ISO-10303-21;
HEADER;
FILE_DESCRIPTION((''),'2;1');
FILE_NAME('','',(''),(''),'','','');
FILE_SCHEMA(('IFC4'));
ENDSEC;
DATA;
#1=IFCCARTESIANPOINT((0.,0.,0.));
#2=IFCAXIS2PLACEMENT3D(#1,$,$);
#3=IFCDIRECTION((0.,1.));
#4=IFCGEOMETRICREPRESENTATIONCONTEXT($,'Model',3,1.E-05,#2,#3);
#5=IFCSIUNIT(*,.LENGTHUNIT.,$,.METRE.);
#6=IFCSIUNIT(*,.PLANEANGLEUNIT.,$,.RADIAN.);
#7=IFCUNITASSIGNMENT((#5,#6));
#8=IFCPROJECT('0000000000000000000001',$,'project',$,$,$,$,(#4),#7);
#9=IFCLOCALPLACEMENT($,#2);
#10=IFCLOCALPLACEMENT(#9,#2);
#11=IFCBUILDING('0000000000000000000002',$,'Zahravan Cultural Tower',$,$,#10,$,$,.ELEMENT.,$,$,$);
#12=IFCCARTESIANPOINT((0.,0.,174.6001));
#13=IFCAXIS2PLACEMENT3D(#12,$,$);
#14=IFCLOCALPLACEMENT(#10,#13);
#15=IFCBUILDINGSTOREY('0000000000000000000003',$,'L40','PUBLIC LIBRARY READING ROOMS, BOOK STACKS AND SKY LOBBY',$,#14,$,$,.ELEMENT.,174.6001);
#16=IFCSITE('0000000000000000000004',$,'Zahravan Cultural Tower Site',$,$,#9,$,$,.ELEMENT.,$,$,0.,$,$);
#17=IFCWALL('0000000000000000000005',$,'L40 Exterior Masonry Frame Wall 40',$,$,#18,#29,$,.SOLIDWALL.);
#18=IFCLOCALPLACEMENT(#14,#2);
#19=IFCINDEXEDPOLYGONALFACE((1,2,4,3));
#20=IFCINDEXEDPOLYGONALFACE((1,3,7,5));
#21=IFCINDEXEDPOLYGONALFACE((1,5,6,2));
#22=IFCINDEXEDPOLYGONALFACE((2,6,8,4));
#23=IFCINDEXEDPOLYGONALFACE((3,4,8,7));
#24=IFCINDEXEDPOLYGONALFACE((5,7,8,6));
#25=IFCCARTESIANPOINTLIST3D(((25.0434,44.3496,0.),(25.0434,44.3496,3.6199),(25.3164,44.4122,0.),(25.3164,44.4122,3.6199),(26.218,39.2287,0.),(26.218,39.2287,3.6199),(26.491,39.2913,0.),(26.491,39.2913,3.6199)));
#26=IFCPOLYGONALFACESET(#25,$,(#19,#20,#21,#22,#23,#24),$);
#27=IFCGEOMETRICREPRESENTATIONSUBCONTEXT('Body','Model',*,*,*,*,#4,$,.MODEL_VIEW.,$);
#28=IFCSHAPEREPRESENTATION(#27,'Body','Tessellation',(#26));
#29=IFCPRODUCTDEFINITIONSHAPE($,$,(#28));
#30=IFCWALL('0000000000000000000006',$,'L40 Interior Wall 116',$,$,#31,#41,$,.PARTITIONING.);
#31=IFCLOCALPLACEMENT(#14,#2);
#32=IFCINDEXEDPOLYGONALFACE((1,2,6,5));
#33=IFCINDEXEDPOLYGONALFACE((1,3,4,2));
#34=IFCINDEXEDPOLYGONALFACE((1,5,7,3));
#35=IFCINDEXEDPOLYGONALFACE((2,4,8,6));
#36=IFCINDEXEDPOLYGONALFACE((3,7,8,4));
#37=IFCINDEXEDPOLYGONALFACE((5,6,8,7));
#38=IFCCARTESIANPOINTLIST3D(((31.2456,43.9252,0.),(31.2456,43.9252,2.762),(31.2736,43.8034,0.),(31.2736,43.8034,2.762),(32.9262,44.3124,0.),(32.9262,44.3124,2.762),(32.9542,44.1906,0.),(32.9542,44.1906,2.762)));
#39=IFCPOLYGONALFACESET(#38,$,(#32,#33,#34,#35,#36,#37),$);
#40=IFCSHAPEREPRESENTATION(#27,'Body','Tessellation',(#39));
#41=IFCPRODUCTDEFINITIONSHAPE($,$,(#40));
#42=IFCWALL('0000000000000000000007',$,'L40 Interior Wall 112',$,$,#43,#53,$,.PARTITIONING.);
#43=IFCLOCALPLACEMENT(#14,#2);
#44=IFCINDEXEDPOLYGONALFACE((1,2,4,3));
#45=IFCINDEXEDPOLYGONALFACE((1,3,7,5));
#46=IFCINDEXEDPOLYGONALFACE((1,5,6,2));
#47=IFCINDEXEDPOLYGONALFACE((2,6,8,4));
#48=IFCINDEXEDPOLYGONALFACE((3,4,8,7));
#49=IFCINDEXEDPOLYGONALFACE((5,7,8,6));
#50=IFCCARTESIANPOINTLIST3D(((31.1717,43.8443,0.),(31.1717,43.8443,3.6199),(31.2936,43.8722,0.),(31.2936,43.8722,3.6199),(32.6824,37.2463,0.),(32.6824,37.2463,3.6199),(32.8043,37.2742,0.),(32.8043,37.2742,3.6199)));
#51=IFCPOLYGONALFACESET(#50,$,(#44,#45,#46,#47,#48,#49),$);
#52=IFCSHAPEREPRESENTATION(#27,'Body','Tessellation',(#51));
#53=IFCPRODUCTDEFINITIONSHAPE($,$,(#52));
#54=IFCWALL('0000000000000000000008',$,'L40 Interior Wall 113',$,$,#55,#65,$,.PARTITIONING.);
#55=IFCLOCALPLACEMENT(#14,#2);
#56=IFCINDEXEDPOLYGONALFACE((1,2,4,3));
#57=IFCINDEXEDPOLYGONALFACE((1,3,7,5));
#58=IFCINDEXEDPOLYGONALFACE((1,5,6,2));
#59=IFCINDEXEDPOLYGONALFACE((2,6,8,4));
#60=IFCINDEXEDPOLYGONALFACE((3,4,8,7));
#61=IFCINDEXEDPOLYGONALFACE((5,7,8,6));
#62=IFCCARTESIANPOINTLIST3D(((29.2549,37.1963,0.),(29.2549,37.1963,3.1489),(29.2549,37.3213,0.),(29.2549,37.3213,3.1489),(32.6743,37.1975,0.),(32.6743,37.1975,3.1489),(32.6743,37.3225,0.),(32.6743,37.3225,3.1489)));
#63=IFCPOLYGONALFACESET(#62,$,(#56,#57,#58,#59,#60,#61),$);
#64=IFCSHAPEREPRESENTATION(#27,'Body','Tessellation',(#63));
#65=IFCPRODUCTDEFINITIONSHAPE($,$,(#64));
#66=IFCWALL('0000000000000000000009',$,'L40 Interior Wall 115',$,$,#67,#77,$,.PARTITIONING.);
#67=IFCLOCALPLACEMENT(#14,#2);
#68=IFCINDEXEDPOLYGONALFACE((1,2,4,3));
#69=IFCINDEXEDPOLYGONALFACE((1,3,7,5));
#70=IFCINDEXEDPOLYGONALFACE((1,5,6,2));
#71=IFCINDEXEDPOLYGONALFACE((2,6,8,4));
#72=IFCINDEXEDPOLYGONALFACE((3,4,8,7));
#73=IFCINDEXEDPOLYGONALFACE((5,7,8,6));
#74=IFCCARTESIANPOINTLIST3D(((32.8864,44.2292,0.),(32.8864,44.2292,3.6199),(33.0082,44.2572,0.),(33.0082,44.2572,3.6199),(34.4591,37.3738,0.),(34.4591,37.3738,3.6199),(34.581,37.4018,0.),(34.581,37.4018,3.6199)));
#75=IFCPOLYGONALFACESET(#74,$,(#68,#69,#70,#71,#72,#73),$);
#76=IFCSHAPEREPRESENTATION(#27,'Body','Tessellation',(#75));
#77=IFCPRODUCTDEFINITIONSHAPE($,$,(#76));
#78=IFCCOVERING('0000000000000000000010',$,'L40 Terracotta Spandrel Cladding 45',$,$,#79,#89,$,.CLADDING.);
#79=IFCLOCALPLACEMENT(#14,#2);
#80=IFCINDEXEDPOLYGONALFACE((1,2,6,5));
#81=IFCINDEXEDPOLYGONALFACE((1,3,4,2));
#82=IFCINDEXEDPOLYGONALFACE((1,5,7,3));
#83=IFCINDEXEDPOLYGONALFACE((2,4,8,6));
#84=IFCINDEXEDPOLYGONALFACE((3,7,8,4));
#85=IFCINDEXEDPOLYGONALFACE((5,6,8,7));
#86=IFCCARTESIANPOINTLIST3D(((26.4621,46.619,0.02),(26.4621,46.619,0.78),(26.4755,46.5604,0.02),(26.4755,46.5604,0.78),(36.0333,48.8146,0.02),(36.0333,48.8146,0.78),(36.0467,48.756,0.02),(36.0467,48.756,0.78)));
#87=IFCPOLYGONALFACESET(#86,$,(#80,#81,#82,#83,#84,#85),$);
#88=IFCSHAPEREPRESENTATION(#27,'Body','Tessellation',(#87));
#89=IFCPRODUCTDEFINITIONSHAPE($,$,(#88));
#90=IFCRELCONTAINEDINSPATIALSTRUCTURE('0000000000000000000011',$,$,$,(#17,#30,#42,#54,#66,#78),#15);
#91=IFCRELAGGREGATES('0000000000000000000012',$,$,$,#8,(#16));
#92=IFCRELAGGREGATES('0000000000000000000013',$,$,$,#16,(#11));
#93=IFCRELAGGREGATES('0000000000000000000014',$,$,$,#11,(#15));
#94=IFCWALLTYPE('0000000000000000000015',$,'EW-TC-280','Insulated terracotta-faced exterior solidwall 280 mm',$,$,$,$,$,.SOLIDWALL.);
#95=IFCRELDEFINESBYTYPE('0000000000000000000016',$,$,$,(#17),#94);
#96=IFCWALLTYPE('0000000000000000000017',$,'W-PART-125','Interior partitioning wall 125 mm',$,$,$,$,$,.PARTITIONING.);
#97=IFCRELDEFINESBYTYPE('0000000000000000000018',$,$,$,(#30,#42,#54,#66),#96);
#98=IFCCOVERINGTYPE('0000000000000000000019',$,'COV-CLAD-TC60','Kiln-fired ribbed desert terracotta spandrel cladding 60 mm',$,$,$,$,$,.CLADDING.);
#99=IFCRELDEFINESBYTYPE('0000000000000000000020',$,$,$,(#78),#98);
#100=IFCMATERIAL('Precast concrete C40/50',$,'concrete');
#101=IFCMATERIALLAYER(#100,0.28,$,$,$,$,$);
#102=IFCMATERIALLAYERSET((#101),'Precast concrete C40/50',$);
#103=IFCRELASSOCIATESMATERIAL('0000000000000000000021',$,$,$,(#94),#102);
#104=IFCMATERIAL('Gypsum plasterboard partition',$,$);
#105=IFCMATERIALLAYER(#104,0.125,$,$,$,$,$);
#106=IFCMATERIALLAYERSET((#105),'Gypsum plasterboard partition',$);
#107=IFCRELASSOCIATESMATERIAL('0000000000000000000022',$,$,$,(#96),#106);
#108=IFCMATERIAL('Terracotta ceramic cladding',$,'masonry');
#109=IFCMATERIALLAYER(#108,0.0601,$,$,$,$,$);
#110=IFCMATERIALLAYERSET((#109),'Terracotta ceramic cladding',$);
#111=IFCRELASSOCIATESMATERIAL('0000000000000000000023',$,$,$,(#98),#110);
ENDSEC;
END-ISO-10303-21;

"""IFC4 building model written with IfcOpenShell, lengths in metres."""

from ifc_helpers import new_model, si_unit, direction, frame, frame_2d, origin, origin_2d, place, context, subcontext, project, spatial, rectangle, extrude, source, transform, mapped, material, layer, layer_set, type_object, element, save


model = new_model("IFC4")

# Units and contexts
model_context = context("Model", 3, precision=1e-05, world=origin(), true_north=direction((0.0, 1.0)))
body_context = subcontext(model_context, "Body", "Model", "MODEL_VIEW")
ifc_project = project(units=[si_unit("LENGTHUNIT", "METRE"), si_unit("PLANEANGLEUNIT", "RADIAN")], contexts=[model_context])

# Site, building, storey
site_placement = place(None, origin())
site = spatial("IfcSite", under=ifc_project, at=site_placement, Name="Zahravan Cultural Tower Site", CompositionType="ELEMENT", RefElevation=0.0)
building_placement = place(site_placement, origin())
building = spatial("IfcBuilding", under=site, at=building_placement, Name="Zahravan Cultural Tower", CompositionType="ELEMENT")
storey_placement = place(building_placement, frame((0.0, 0.0, 174.6001)))
storey = spatial("IfcBuildingStorey", under=building, at=storey_placement, Name="L40", Description="PUBLIC LIBRARY READING ROOMS, BOOK STACKS AND SKY LOBBY", CompositionType="ELEMENT", Elevation=174.6001)

# Walls
ifc_material_1 = material(Name="Precast concrete C40/50", Category="concrete")
ifc_layer_1 = layer(ifc_material_1, 0.28)
ifc_layer_set_1 = layer_set([ifc_layer_1], Name="Precast concrete C40/50")
wall_type_1 = type_object("IfcWallType", Name="EW-TC-280", Description="Insulated terracotta-faced exterior solidwall 280 mm", PredefinedType="SOLIDWALL", material=ifc_layer_set_1)
shared_shape_1 = source(origin(), body_context, "Body", "SweptSolid", [
    extrude(rectangle(XDim=5.2539, YDim=0.28, at=frame_2d((2.627, 0.0))), origin(), (0.0, 0.0, 1.0), 3.6199),
])
wall_1_placement = place(storey_placement, frame((26.3545, 39.26, 0.0), z_axis=(0.0, 0.0, 1.0), x_axis=(-0.223563, 0.97469, 0.0)))
element("IfcWall", 1, at=wall_1_placement, inside=storey, type_object=wall_type_1, Name="L40 Exterior Masonry Frame Wall 40", PredefinedType="SOLIDWALL", context=body_context, shape_type="MappedRepresentation", body=[
    mapped(shared_shape_1, transform((0.0, 0.0, 0.0), x_axis=(1.0, 0.0, 0.0), y_axis=(0.0, 1.0, 0.0), z_axis=(0.0, 0.0, 1.0), scale=1.0)),
])
ifc_material_2 = material(Name="Gypsum plasterboard partition")
ifc_layer_2 = layer(ifc_material_2, 0.125)
ifc_layer_set_2 = layer_set([ifc_layer_2], Name="Gypsum plasterboard partition")
wall_type_2 = type_object("IfcWallType", Name="W-PART-125", Description="Interior partitioning wall 125 mm", PredefinedType="PARTITIONING", material=ifc_layer_set_2)
shared_shape_2 = source(origin(), body_context, "Body", "SweptSolid", [
    extrude(rectangle(XDim=1.7246, YDim=0.125, at=frame_2d((0.8623, 0.0))), origin(), (0.0, 0.0, 1.0), 2.762),
])
wall_2_placement = place(storey_placement, frame((32.9402, 44.2515, 0.0), z_axis=(0.0, 0.0, 1.0), x_axis=(-0.974472, -0.224508, 0.0)))
element("IfcWall", 2, at=wall_2_placement, inside=storey, type_object=wall_type_2, Name="L40 Interior Wall 116", PredefinedType="PARTITIONING", context=body_context, shape_type="MappedRepresentation", body=[
    mapped(shared_shape_2, transform((0.0, 0.0, 0.0), x_axis=(1.0, 0.0, 0.0), y_axis=(0.0, 1.0, 0.0), z_axis=(0.0, 0.0, 1.0), scale=1.0)),
])
shared_shape_3 = source(origin(), body_context, "Body", "SweptSolid", [
    extrude(rectangle(XDim=6.7688, YDim=0.125, at=frame_2d((3.3843, 0.0))), origin(), (0.0, 0.0, 1.0), 3.6199),
])
wall_3_placement = place(storey_placement, frame((31.2327, 43.8582, 0.0), z_axis=(0.0, 0.0, 1.0), x_axis=(0.223189, -0.974775, 0.0)))
element("IfcWall", 3, at=wall_3_placement, inside=storey, type_object=wall_type_2, Name="L40 Interior Wall 112", PredefinedType="PARTITIONING", context=body_context, shape_type="MappedRepresentation", body=[
    mapped(shared_shape_3, transform((0.0, 0.0, 0.0), x_axis=(1.0, 0.0, 0.0), y_axis=(0.0, 1.0, 0.0), z_axis=(0.0, 0.0, 1.0), scale=1.0)),
])
shared_shape_4 = source(origin(), body_context, "Body", "SweptSolid", [
    extrude(rectangle(XDim=3.4194, YDim=0.125, at=frame_2d((1.7097, 0.0))), origin(), (0.0, 0.0, 1.0), 3.1489),
])
wall_4_placement = place(storey_placement, frame((32.6743, 37.26, 0.0), z_axis=(0.0, 0.0, 1.0), x_axis=(-1.0, -0.000357, 0.0)))
element("IfcWall", 4, at=wall_4_placement, inside=storey, type_object=wall_type_2, Name="L40 Interior Wall 113", PredefinedType="PARTITIONING", context=body_context, shape_type="MappedRepresentation", body=[
    mapped(shared_shape_4, transform((0.0, 0.0, 0.0), x_axis=(1.0, 0.0, 0.0), y_axis=(0.0, 1.0, 0.0), z_axis=(0.0, 0.0, 1.0), scale=1.0)),
])
shared_shape_5 = source(origin(), body_context, "Body", "SweptSolid", [
    extrude(rectangle(XDim=7.0334, YDim=0.125, at=frame_2d((3.5166, 0.0))), origin(), (0.0, 0.0, 1.0), 3.6199),
])
wall_5_placement = place(storey_placement, frame((34.52, 37.3879, 0.0), z_axis=(0.0, 0.0, 1.0), x_axis=(-0.223607, 0.974679, 0.0)))
element("IfcWall", 5, at=wall_5_placement, inside=storey, type_object=wall_type_2, Name="L40 Interior Wall 115", PredefinedType="PARTITIONING", context=body_context, shape_type="MappedRepresentation", body=[
    mapped(shared_shape_5, transform((0.0, 0.0, 0.0), x_axis=(1.0, 0.0, 0.0), y_axis=(0.0, 1.0, 0.0), z_axis=(0.0, 0.0, 1.0), scale=1.0)),
])

# Covering
ifc_material_3 = material(Name="Terracotta ceramic cladding", Category="masonry")
ifc_layer_3 = layer(ifc_material_3, 0.0601)
ifc_layer_set_3 = layer_set([ifc_layer_3], Name="Terracotta ceramic cladding")
covering_type = type_object("IfcCoveringType", Name="COV-CLAD-TC60", Description="Kiln-fired ribbed desert terracotta spandrel cladding 60 mm", PredefinedType="CLADDING", material=ifc_layer_set_3)
shared_shape_6 = source(origin(), body_context, "Body", "SweptSolid", [
    extrude(rectangle(XDim=9.8198, YDim=0.0601, at=origin_2d()), origin(), (0.0, 0.0, 1.0), 0.76),
])
covering_placement = place(storey_placement, frame((31.2544, 47.6875, 0.02), z_axis=(0.0, 0.0, 1.0), x_axis=(0.974683, 0.22359, 0.0)))
element("IfcCovering", 6, at=covering_placement, inside=storey, type_object=covering_type, Name="L40 Terracotta Spandrel Cladding 45", PredefinedType="CLADDING", context=body_context, shape_type="MappedRepresentation", body=[
    mapped(shared_shape_6, transform((0.0, 0.0, 0.0), x_axis=(1.0, 0.0, 0.0), y_axis=(0.0, 1.0, 0.0), z_axis=(0.0, 0.0, 1.0), scale=1.0)),
])

save(model, "model.ifc")
